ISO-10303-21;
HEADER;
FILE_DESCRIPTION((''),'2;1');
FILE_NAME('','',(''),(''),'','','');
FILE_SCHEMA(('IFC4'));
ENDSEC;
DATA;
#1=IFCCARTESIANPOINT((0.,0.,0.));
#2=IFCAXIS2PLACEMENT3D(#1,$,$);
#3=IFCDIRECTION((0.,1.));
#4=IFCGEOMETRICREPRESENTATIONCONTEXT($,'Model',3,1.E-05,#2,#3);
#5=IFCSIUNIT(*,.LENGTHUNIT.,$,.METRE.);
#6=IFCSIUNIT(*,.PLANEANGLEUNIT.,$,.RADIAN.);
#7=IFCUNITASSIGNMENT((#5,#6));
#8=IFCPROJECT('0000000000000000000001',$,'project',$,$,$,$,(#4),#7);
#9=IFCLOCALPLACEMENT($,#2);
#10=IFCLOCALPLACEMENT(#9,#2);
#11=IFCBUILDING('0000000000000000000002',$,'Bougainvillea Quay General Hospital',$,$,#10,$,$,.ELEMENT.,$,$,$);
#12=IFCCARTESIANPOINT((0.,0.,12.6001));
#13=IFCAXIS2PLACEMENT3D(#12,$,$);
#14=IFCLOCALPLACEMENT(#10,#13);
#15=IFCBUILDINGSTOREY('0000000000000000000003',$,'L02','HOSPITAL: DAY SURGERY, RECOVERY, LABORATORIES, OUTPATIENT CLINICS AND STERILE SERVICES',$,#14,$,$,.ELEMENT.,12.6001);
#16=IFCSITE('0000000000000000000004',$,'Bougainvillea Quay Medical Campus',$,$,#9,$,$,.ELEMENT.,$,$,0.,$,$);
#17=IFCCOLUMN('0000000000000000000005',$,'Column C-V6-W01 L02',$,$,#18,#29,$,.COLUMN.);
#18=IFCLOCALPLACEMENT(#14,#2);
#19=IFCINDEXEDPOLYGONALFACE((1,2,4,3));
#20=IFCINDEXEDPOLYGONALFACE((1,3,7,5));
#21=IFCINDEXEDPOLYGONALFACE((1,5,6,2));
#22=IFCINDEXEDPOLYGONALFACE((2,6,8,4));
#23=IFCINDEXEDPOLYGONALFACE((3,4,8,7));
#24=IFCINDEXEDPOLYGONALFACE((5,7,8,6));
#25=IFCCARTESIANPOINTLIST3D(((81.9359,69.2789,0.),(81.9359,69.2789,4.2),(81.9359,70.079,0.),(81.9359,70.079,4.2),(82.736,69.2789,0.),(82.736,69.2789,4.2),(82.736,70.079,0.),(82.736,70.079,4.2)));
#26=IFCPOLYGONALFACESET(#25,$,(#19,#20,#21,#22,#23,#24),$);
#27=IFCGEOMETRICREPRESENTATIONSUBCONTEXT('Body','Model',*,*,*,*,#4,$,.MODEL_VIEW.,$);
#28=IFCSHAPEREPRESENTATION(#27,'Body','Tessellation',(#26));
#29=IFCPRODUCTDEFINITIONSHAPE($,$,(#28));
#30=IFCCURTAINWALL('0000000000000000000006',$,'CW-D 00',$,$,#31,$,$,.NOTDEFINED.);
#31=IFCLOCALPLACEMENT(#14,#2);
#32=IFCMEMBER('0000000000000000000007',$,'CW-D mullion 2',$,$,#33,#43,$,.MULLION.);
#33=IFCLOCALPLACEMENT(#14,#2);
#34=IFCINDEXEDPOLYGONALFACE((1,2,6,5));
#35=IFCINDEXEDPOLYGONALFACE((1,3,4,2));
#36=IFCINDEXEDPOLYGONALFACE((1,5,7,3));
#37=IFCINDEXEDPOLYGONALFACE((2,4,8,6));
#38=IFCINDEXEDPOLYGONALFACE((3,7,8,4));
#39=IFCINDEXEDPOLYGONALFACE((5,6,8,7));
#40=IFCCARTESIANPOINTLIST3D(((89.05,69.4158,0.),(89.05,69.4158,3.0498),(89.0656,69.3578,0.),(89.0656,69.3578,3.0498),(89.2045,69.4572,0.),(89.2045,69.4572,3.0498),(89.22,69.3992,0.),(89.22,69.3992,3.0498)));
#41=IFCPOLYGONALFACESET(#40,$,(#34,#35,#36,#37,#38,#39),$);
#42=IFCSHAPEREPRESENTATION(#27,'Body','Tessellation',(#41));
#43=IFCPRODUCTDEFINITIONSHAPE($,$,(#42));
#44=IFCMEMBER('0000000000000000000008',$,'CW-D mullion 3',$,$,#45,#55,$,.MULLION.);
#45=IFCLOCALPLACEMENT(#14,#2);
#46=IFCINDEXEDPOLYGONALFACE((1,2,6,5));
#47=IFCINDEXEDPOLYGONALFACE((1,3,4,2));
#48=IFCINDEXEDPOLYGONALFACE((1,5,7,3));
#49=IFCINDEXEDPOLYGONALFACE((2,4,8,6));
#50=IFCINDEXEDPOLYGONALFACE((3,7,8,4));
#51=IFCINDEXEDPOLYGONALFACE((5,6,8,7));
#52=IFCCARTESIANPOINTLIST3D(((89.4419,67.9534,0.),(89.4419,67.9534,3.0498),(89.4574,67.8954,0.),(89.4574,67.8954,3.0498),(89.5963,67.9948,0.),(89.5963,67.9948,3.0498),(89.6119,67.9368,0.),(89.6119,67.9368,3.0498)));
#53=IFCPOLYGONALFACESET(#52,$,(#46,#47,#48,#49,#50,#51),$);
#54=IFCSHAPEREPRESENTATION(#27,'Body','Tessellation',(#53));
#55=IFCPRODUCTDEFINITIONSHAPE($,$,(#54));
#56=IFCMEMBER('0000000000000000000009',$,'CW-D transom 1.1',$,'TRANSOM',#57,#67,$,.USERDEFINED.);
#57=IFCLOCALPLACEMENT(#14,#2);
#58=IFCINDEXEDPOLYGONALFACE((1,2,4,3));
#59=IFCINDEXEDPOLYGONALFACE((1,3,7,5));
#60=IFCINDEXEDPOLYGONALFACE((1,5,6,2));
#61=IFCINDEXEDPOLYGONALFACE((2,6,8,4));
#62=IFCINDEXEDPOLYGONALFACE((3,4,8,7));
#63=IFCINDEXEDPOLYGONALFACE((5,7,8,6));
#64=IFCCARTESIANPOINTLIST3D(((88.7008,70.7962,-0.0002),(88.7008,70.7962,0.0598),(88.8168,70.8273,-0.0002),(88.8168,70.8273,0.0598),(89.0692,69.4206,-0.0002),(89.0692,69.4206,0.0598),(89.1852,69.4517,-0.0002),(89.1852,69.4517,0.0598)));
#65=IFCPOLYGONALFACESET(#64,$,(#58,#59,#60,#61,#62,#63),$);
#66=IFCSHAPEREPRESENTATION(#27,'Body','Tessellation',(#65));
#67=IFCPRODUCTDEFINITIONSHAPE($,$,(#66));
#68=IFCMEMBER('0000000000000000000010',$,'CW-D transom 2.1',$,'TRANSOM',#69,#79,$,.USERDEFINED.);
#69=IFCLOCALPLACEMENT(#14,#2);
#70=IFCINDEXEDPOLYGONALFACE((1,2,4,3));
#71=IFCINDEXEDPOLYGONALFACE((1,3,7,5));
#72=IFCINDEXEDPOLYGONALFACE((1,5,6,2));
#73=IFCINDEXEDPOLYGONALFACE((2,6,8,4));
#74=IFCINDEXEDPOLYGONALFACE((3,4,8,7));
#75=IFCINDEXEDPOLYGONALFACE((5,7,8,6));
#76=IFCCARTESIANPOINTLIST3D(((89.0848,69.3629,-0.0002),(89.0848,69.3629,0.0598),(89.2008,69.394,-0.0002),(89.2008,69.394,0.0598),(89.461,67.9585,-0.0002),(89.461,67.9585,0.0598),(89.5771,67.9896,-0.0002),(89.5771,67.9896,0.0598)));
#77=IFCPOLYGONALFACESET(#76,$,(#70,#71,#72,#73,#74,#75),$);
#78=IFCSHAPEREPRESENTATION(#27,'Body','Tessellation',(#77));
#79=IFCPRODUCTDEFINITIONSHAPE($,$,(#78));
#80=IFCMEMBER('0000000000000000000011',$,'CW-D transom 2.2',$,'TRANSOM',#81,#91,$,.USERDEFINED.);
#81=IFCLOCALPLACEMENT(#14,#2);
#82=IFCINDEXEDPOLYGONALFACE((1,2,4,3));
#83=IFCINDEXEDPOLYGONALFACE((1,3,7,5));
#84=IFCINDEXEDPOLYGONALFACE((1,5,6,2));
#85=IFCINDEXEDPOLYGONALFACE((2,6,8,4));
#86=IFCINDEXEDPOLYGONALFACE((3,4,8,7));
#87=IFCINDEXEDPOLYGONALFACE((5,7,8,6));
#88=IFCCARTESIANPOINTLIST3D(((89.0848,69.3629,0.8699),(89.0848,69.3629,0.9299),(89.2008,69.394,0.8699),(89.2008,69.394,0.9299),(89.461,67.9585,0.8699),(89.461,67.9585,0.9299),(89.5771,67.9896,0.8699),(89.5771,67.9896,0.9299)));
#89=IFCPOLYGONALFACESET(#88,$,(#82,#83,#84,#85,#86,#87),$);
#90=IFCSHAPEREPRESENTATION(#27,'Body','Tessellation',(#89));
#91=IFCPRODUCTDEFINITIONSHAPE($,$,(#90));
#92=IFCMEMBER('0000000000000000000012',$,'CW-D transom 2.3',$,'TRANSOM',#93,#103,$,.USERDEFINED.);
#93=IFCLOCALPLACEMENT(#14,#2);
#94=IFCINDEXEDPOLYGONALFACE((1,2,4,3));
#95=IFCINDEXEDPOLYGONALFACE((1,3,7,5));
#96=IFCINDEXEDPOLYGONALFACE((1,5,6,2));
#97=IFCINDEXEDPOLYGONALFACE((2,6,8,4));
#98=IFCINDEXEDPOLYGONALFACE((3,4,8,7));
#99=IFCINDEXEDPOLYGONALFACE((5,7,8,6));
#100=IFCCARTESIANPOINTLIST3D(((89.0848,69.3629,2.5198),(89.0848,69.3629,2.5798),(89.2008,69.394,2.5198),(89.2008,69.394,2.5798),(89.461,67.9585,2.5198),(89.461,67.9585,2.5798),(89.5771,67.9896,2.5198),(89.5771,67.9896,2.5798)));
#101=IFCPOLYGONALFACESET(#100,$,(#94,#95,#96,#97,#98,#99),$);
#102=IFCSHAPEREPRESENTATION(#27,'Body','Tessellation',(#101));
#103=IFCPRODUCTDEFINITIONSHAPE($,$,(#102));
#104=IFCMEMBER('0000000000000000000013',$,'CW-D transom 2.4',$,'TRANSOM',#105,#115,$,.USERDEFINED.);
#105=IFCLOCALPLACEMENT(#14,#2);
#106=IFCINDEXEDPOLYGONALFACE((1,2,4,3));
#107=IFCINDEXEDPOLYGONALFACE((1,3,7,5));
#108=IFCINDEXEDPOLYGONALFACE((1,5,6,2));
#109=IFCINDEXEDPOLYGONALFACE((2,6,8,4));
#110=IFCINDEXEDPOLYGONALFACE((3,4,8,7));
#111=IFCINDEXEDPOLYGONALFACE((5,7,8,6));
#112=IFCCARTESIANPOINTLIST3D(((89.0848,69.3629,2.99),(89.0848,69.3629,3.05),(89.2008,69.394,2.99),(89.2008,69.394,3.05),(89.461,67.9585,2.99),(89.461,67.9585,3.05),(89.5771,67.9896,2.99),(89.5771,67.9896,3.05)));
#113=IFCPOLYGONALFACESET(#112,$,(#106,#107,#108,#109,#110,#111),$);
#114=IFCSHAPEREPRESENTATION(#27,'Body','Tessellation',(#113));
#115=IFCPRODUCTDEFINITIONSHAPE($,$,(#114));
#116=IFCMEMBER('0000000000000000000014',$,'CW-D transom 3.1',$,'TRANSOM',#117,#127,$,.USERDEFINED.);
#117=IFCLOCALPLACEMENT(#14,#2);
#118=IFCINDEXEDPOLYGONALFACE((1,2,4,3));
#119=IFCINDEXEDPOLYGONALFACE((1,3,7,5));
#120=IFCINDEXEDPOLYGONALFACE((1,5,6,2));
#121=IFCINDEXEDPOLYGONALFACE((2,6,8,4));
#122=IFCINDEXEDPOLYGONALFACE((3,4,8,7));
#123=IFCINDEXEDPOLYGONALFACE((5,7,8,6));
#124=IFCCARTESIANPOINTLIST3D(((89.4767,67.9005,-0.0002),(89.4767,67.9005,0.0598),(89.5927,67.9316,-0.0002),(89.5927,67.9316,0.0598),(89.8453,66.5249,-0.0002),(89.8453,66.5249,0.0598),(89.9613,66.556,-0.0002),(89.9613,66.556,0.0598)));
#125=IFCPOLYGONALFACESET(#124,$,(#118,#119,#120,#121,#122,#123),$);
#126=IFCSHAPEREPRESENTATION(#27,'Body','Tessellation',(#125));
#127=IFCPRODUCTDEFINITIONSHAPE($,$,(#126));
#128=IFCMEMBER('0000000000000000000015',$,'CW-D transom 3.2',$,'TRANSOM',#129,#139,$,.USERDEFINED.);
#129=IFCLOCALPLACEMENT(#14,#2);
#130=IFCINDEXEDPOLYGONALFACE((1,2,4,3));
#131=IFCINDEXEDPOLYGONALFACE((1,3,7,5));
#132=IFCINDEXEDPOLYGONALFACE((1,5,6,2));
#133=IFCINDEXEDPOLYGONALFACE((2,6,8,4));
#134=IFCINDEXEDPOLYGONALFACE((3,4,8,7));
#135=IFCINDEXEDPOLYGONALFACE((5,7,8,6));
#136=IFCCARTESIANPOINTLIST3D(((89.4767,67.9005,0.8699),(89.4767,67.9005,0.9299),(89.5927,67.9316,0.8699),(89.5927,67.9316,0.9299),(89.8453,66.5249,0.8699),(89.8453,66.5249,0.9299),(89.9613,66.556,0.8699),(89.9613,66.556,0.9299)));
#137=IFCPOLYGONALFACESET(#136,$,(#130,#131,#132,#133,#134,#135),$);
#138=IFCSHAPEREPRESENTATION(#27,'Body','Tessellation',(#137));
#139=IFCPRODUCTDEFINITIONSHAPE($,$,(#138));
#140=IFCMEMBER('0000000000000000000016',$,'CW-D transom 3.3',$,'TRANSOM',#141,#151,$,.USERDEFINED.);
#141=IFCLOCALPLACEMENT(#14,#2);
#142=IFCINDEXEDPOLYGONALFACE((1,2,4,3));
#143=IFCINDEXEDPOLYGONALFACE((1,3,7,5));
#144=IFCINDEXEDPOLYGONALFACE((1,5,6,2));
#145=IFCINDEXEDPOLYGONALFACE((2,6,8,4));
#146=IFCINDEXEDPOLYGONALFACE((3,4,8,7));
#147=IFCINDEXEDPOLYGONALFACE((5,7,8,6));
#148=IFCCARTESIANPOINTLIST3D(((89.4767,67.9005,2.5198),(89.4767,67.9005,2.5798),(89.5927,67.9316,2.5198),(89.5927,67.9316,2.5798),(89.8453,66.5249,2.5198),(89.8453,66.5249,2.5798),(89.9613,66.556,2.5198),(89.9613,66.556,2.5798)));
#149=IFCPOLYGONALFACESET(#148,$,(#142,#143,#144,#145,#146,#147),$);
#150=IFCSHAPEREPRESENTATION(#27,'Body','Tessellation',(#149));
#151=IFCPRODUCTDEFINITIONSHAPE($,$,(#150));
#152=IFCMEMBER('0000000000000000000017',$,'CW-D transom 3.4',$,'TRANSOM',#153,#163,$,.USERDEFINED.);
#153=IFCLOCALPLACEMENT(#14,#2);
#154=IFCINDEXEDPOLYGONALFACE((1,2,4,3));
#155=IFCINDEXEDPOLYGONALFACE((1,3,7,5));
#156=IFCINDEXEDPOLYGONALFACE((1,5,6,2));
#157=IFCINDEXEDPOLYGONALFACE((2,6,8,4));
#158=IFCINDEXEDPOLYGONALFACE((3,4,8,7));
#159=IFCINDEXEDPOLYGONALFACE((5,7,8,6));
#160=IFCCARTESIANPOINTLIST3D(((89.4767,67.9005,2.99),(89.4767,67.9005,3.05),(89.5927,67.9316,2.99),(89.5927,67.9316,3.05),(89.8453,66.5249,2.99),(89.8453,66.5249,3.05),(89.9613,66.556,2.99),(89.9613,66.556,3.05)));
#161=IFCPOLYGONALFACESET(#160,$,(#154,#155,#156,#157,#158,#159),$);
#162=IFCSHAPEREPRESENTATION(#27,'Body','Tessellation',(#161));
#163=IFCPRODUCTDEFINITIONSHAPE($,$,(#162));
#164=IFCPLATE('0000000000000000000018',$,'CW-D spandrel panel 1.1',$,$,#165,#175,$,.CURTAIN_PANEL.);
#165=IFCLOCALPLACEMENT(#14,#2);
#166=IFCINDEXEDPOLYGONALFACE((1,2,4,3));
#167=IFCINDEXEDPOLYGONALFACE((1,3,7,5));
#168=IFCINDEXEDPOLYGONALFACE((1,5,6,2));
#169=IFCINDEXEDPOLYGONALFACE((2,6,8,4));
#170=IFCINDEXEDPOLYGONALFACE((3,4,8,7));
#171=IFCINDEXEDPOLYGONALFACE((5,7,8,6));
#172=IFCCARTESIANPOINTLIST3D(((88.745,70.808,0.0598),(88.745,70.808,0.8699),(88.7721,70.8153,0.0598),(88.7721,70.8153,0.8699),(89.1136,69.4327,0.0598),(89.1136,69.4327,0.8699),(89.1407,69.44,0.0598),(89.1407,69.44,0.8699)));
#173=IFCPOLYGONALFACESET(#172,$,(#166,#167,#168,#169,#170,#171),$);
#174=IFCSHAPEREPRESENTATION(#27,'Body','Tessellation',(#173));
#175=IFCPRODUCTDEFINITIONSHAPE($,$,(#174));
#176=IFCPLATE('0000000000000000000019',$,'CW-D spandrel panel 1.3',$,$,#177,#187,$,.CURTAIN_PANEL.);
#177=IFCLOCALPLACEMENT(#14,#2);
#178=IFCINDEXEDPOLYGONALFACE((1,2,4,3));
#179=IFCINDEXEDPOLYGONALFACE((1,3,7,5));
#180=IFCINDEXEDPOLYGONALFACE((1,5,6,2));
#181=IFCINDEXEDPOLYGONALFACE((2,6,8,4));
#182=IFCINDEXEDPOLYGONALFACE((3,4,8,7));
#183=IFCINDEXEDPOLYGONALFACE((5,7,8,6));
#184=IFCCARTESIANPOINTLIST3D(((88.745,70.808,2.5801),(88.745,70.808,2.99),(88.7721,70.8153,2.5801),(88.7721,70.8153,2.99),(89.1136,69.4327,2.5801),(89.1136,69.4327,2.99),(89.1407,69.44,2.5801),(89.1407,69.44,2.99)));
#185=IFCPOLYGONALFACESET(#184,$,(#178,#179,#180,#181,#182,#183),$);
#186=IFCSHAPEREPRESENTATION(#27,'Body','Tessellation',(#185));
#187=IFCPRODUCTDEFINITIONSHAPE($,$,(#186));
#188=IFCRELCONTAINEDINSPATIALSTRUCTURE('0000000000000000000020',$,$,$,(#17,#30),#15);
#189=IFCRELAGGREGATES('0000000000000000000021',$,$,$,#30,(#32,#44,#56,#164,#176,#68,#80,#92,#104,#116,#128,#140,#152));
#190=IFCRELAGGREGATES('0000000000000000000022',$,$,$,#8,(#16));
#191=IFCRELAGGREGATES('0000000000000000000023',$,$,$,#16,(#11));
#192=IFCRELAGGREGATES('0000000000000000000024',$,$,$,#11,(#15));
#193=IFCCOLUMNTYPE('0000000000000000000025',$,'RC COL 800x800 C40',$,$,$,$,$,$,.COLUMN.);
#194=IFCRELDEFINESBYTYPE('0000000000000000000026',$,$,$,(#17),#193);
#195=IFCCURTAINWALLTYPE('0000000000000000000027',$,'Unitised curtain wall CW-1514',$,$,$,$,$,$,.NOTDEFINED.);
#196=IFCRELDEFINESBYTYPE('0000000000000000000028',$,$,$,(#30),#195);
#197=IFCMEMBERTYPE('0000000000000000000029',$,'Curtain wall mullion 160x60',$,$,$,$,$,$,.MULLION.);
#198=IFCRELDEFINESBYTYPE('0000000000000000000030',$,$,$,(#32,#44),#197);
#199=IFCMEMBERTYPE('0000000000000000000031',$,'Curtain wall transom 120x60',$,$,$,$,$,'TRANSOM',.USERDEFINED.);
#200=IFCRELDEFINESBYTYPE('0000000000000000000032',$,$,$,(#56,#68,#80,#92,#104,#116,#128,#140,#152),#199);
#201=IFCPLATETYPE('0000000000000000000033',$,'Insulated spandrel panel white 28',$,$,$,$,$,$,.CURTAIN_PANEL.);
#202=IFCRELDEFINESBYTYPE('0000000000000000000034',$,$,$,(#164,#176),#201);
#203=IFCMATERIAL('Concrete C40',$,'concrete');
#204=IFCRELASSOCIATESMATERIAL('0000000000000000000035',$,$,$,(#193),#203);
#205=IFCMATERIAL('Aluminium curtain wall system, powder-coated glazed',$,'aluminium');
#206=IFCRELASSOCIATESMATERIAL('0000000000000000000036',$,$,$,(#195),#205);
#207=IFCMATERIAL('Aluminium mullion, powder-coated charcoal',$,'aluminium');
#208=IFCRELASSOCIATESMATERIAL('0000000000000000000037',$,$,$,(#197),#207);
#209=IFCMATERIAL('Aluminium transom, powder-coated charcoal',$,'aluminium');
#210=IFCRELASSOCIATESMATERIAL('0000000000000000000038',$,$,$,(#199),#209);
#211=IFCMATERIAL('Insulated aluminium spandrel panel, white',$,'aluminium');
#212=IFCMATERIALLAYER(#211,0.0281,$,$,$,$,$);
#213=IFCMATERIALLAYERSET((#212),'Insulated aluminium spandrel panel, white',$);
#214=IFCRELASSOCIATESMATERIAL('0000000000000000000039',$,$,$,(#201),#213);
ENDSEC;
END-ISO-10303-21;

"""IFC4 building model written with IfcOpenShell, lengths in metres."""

from ifc_helpers import new_model, si_unit, direction, frame, origin, origin_2d, place, context, subcontext, project, spatial, rectangle, extrude, material, layer, layer_set, material_profile, profile_set, type_object, element, aggregate, save


model = new_model("IFC4")

# Units and contexts
model_context = context("Model", 3, precision=1e-05, world=origin(), true_north=direction((0.0, 1.0)))
body_context = subcontext(model_context, "Body", "Model", "MODEL_VIEW")
ifc_project = project(units=[si_unit("LENGTHUNIT", "METRE"), si_unit("PLANEANGLEUNIT", "RADIAN")], contexts=[model_context])

# Site, building, storey
site_placement = place(None, origin())
site = spatial("IfcSite", under=ifc_project, at=site_placement, Name="Bougainvillea Quay Medical Campus", CompositionType="ELEMENT", RefElevation=0.0)
building_placement = place(site_placement, origin())
building = spatial("IfcBuilding", under=site, at=building_placement, Name="Bougainvillea Quay General Hospital", CompositionType="ELEMENT")
storey_placement = place(building_placement, frame((0.0, 0.0, 12.6001)))
storey = spatial("IfcBuildingStorey", under=building, at=storey_placement, Name="L02", Description="HOSPITAL: DAY SURGERY, RECOVERY, LABORATORIES, OUTPATIENT CLINICS AND STERILE SERVICES", CompositionType="ELEMENT", Elevation=12.6001)

# Column
ifc_material_1 = material(Name="Concrete C40", Category="concrete")
ifc_material_profile_1 = material_profile(ifc_material_1, rectangle(XDim=0.8, YDim=0.8, at=origin_2d()))
ifc_profile_set_1 = profile_set([ifc_material_profile_1], Name="Concrete C40")
column_type = type_object("IfcColumnType", Name="RC COL 800x800 C40", PredefinedType="COLUMN", material=ifc_profile_set_1)
column_placement = place(storey_placement, frame((82.3359, 69.679, 0.0), z_axis=(0.0, 0.0, 1.0), x_axis=(1.0, 0.0, 0.0)))
element("IfcColumn", 1, at=column_placement, inside=storey, type_object=column_type, Name="Column C-V6-W01 L02", PredefinedType="COLUMN", context=body_context, shape_type="SweptSolid", body=[
    extrude(rectangle(XDim=0.8, YDim=0.8, at=origin_2d()), origin(), (0.0, 0.0, 1.0), 4.2),
])

# Curtain wall, members, plates
ifc_material_2 = material(Name="Aluminium curtain wall system, powder-coated glazed", Category="aluminium")
curtain_wall_type = type_object("IfcCurtainWallType", Name="Unitised curtain wall CW-1514", PredefinedType="NOTDEFINED", material=ifc_material_2)
curtain_wall_placement = place(storey_placement, origin())
curtain_wall = element("IfcCurtainWall", 2, at=curtain_wall_placement, inside=storey, type_object=curtain_wall_type, Name="CW-D 00", PredefinedType="NOTDEFINED")
ifc_material_3 = material(Name="Aluminium mullion, powder-coated charcoal", Category="aluminium")
ifc_material_profile_2 = material_profile(ifc_material_3, rectangle(XDim=0.1599, YDim=0.0601, at=origin_2d()))
ifc_profile_set_2 = profile_set([ifc_material_profile_2], Name="Aluminium mullion, powder-coated charcoal")
member_type_1 = type_object("IfcMemberType", Name="Curtain wall mullion 160x60", PredefinedType="MULLION", material=ifc_profile_set_2)
member_1_placement = place(storey_placement, frame((89.135, 69.4075, 0.0), z_axis=(0.0, 0.0, 1.0), x_axis=(0.965916, 0.258855, 0.0)))
member_1 = element("IfcMember", 3, at=member_1_placement, type_object=member_type_1, Name="CW-D mullion 2", PredefinedType="MULLION", context=body_context, shape_type="SweptSolid", body=[
    extrude(rectangle(XDim=0.1599, YDim=0.0601, at=origin_2d()), origin(), (0.0, 0.0, 1.0), 3.0498),
])
member_2_placement = place(storey_placement, frame((89.5269, 67.9451, 0.0), z_axis=(0.0, 0.0, 1.0), x_axis=(0.965916, 0.258855, 0.0)))
member_2 = element("IfcMember", 4, at=member_2_placement, type_object=member_type_1, Name="CW-D mullion 3", PredefinedType="MULLION", context=body_context, shape_type="SweptSolid", body=[
    extrude(rectangle(XDim=0.1599, YDim=0.0601, at=origin_2d()), origin(), (0.0, 0.0, 1.0), 3.0498),
])
ifc_material_4 = material(Name="Aluminium transom, powder-coated charcoal", Category="aluminium")
ifc_material_profile_3 = material_profile(ifc_material_4, rectangle(XDim=0.1201, YDim=0.0601, at=origin_2d()))
ifc_profile_set_3 = profile_set([ifc_material_profile_3], Name="Aluminium transom, powder-coated charcoal")
member_type_2 = type_object("IfcMemberType", Name="Curtain wall transom 120x60", ElementType="TRANSOM", PredefinedType="USERDEFINED", material=ifc_profile_set_3)
member_3_placement = place(storey_placement, frame((88.7588, 70.8118, 0.0298), z_axis=(0.258719, -0.965953, 0.0), x_axis=(0.965953, 0.258719, 0.0)))
member_3 = element("IfcMember", 5, at=member_3_placement, type_object=member_type_2, Name="CW-D transom 1.1", ObjectType="TRANSOM", PredefinedType="USERDEFINED", context=body_context, shape_type="SweptSolid", body=[
    extrude(rectangle(XDim=0.1201, YDim=0.0601, at=origin_2d()), origin(), (0.0, 0.0, 1.0), 1.4241),
])
member_4_placement = place(storey_placement, frame((89.1428, 69.3784, 0.0298), z_axis=(0.258781, -0.965936, 0.0), x_axis=(0.965936, 0.258781, 0.0)))
member_4 = element("IfcMember", 6, at=member_4_placement, type_object=member_type_2, Name="CW-D transom 2.1", ObjectType="TRANSOM", PredefinedType="USERDEFINED", context=body_context, shape_type="SweptSolid", body=[
    extrude(rectangle(XDim=0.1201, YDim=0.0601, at=origin_2d()), origin(), (0.0, 0.0, 1.0), 1.4539),
])
member_5_placement = place(storey_placement, frame((89.1428, 69.3784, 0.8999), z_axis=(0.258781, -0.965936, 0.0), x_axis=(0.965936, 0.258781, 0.0)))
member_5 = element("IfcMember", 7, at=member_5_placement, type_object=member_type_2, Name="CW-D transom 2.2", ObjectType="TRANSOM", PredefinedType="USERDEFINED", context=body_context, shape_type="SweptSolid", body=[
    extrude(rectangle(XDim=0.1201, YDim=0.0601, at=origin_2d()), origin(), (0.0, 0.0, 1.0), 1.4539),
])
member_6_placement = place(storey_placement, frame((89.1428, 69.3784, 2.5498), z_axis=(0.258781, -0.965936, 0.0), x_axis=(0.965936, 0.258781, 0.0)))
member_6 = element("IfcMember", 8, at=member_6_placement, type_object=member_type_2, Name="CW-D transom 2.3", ObjectType="TRANSOM", PredefinedType="USERDEFINED", context=body_context, shape_type="SweptSolid", body=[
    extrude(rectangle(XDim=0.1201, YDim=0.0601, at=origin_2d()), origin(), (0.0, 0.0, 1.0), 1.4539),
])
member_7_placement = place(storey_placement, frame((89.1428, 69.3784, 3.02), z_axis=(0.258781, -0.965936, 0.0), x_axis=(0.965936, 0.258781, 0.0)))
member_7 = element("IfcMember", 9, at=member_7_placement, type_object=member_type_2, Name="CW-D transom 2.4", ObjectType="TRANSOM", PredefinedType="USERDEFINED", context=body_context, shape_type="SweptSolid", body=[
    extrude(rectangle(XDim=0.1201, YDim=0.0601, at=origin_2d()), origin(), (0.0, 0.0, 1.0), 1.4539),
])
member_8_placement = place(storey_placement, frame((89.5347, 67.916, 0.0298), z_axis=(0.258879, -0.96591, 0.0), x_axis=(0.96591, 0.258879, 0.0)))
member_8 = element("IfcMember", 10, at=member_8_placement, type_object=member_type_2, Name="CW-D transom 3.1", ObjectType="TRANSOM", PredefinedType="USERDEFINED", context=body_context, shape_type="SweptSolid", body=[
    extrude(rectangle(XDim=0.1201, YDim=0.0601, at=origin_2d()), origin(), (0.0, 0.0, 1.0), 1.4241),
])
member_9_placement = place(storey_placement, frame((89.5347, 67.916, 0.8999), z_axis=(0.258879, -0.96591, 0.0), x_axis=(0.96591, 0.258879, 0.0)))
member_9 = element("IfcMember", 11, at=member_9_placement, type_object=member_type_2, Name="CW-D transom 3.2", ObjectType="TRANSOM", PredefinedType="USERDEFINED", context=body_context, shape_type="SweptSolid", body=[
    extrude(rectangle(XDim=0.1201, YDim=0.0601, at=origin_2d()), origin(), (0.0, 0.0, 1.0), 1.4241),
])
member_10_placement = place(storey_placement, frame((89.5347, 67.916, 2.5498), z_axis=(0.258879, -0.96591, 0.0), x_axis=(0.96591, 0.258879, 0.0)))
member_10 = element("IfcMember", 12, at=member_10_placement, type_object=member_type_2, Name="CW-D transom 3.3", ObjectType="TRANSOM", PredefinedType="USERDEFINED", context=body_context, shape_type="SweptSolid", body=[
    extrude(rectangle(XDim=0.1201, YDim=0.0601, at=origin_2d()), origin(), (0.0, 0.0, 1.0), 1.4241),
])
member_11_placement = place(storey_placement, frame((89.5347, 67.916, 3.02), z_axis=(0.258879, -0.96591, 0.0), x_axis=(0.96591, 0.258879, 0.0)))
member_11 = element("IfcMember", 13, at=member_11_placement, type_object=member_type_2, Name="CW-D transom 3.4", ObjectType="TRANSOM", PredefinedType="USERDEFINED", context=body_context, shape_type="SweptSolid", body=[
    extrude(rectangle(XDim=0.1201, YDim=0.0601, at=origin_2d()), origin(), (0.0, 0.0, 1.0), 1.4241),
])
ifc_material_5 = material(Name="Insulated aluminium spandrel panel, white", Category="aluminium")
ifc_layer_1 = layer(ifc_material_5, 0.0281)
ifc_layer_set_1 = layer_set([ifc_layer_1], Name="Insulated aluminium spandrel panel, white")
plate_type_1 = type_object("IfcPlateType", Name="Insulated spandrel panel white 28", PredefinedType="CURTAIN_PANEL", material=ifc_layer_set_1)
plate_1_placement = place(storey_placement, frame((88.9429, 70.124, 0.0598), z_axis=(0.0, 0.0, 1.0), x_axis=(0.258855, -0.965916, 0.0)))
plate_1 = element("IfcPlate", 14, at=plate_1_placement, type_object=plate_type_1, Name="CW-D spandrel panel 1.1", PredefinedType="CURTAIN_PANEL", context=body_context, shape_type="SweptSolid", body=[
    extrude(rectangle(XDim=1.4238, YDim=0.0281, at=origin_2d()), origin(), (0.0, 0.0, 1.0), 0.8101),
])
plate_2_placement = place(storey_placement, frame((88.9429, 70.124, 2.5801), z_axis=(0.0, 0.0, 1.0), x_axis=(0.258855, -0.965916, 0.0)))
plate_2 = element("IfcPlate", 15, at=plate_2_placement, type_object=plate_type_1, Name="CW-D spandrel panel 1.3", PredefinedType="CURTAIN_PANEL", context=body_context, shape_type="SweptSolid", body=[
    extrude(rectangle(XDim=1.4238, YDim=0.0281, at=origin_2d()), origin(), (0.0, 0.0, 1.0), 0.4099),
])
aggregate(curtain_wall, [member_1, member_2, member_3, plate_1, plate_2, member_4, member_5, member_6, member_7, member_8, member_9, member_10, member_11])

save(model, "model.ifc")
